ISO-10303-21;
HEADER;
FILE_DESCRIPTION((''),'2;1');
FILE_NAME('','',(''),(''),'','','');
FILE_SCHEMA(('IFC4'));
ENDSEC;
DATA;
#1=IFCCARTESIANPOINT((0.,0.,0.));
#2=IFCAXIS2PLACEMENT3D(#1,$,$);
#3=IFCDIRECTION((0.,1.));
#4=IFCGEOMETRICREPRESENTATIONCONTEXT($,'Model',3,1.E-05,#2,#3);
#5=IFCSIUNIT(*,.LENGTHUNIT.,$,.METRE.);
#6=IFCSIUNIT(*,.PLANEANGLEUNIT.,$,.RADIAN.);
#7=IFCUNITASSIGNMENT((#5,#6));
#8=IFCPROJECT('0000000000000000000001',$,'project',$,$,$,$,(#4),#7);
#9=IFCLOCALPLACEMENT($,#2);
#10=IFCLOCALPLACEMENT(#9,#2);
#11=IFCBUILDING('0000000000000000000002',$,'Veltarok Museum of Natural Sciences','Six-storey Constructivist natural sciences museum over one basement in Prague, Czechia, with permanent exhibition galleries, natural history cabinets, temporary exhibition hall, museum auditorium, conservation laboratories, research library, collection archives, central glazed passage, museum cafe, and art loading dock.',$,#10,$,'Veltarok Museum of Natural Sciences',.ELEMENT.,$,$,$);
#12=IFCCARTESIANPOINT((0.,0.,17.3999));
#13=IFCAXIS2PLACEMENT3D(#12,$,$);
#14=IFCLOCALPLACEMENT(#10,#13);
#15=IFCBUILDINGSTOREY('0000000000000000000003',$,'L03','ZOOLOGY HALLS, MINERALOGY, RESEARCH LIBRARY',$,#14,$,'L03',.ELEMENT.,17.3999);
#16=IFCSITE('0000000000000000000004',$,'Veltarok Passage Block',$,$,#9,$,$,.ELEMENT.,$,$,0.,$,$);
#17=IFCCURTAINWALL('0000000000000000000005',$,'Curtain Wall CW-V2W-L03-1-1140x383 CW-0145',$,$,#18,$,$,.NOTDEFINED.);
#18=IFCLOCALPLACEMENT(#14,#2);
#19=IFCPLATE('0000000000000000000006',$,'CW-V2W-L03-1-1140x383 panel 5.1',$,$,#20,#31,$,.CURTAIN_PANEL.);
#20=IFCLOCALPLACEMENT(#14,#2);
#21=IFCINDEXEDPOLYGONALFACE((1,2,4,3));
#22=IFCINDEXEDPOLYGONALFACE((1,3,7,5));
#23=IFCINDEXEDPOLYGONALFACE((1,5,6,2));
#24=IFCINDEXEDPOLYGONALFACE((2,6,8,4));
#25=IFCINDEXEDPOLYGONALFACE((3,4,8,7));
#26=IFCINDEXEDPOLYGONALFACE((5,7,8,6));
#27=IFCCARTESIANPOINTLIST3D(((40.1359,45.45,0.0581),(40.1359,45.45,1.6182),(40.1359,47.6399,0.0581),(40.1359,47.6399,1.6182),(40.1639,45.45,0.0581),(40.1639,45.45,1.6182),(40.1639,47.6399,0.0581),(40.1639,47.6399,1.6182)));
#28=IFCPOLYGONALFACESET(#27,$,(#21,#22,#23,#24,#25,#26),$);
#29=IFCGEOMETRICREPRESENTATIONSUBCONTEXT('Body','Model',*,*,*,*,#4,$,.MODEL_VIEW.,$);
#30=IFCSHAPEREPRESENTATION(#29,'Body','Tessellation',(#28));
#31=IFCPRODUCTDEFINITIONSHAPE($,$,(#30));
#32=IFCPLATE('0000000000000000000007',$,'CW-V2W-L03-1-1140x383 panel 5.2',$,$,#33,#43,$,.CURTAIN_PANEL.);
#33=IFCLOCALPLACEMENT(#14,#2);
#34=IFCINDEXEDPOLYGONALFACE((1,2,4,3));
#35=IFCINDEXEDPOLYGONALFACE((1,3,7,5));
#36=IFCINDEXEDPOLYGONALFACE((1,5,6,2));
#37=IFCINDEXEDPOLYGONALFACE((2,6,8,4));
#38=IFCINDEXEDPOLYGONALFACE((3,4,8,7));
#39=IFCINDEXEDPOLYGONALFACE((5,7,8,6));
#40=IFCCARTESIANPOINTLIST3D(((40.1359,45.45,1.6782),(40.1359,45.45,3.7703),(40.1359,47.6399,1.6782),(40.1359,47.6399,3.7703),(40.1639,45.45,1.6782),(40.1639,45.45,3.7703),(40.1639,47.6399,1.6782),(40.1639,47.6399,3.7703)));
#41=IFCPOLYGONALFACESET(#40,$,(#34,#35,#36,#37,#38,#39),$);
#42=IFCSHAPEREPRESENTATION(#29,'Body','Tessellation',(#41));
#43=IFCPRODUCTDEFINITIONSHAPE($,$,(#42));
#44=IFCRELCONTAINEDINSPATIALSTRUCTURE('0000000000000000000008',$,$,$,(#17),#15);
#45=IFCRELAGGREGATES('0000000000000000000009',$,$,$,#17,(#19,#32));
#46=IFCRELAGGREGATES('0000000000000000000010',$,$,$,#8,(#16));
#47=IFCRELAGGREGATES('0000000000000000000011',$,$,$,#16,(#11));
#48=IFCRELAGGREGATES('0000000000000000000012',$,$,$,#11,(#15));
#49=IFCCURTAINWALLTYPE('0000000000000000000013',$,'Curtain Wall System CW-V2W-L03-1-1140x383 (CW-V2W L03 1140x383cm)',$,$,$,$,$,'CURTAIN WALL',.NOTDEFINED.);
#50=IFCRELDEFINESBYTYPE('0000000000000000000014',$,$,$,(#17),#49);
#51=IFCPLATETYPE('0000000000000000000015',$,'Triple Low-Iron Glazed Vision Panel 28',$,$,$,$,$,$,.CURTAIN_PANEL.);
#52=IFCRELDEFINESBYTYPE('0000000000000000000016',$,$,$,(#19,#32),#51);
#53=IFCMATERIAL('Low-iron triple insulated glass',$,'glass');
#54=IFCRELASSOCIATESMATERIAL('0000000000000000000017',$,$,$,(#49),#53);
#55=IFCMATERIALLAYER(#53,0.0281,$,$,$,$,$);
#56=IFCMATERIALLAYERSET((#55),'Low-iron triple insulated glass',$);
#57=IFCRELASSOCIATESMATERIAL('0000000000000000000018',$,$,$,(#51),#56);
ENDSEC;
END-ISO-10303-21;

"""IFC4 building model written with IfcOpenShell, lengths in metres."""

from ifc_helpers import new_model, si_unit, direction, frame, origin, origin_2d, place, context, subcontext, project, spatial, rectangle, extrude, material, layer, layer_set, type_object, element, aggregate, save


model = new_model("IFC4")

# Units and contexts
model_context = context("Model", 3, precision=1e-05, world=origin(), true_north=direction((0.0, 1.0)))
body_context = subcontext(model_context, "Body", "Model", "MODEL_VIEW")
ifc_project = project(units=[si_unit("LENGTHUNIT", "METRE"), si_unit("PLANEANGLEUNIT", "RADIAN")], contexts=[model_context])

# Site, building, storey
site_placement = place(None, origin())
site = spatial("IfcSite", under=ifc_project, at=site_placement, Name="Veltarok Passage Block", CompositionType="ELEMENT", RefElevation=0.0)
building_placement = place(site_placement, origin())
building = spatial("IfcBuilding", under=site, at=building_placement, Name="Veltarok Museum of Natural Sciences", Description="Six-storey Constructivist natural sciences museum over one basement in Prague, Czechia, with permanent exhibition galleries, natural history cabinets, temporary exhibition hall, museum auditorium, conservation laboratories, research library, collection archives, central glazed passage, museum cafe, and art loading dock.", LongName="Veltarok Museum of Natural Sciences", CompositionType="ELEMENT")
storey_placement = place(building_placement, frame((0.0, 0.0, 17.3999)))
storey = spatial("IfcBuildingStorey", under=building, at=storey_placement, Name="L03", Description="ZOOLOGY HALLS, MINERALOGY, RESEARCH LIBRARY", LongName="L03", CompositionType="ELEMENT", Elevation=17.3999)

# Curtain wall
ifc_material_1 = material(Name="Low-iron triple insulated glass", Category="glass")
curtain_wall_type_1 = type_object("IfcCurtainWallType", Name="Curtain Wall System CW-V2W-L03-1-1140x383 (CW-V2W L03 1140x383cm)", ElementType="CURTAIN WALL", PredefinedType="NOTDEFINED", material=ifc_material_1)
curtain_wall_1_placement = place(storey_placement, origin())
curtain_wall_1 = element("IfcCurtainWall", 1, at=curtain_wall_1_placement, inside=storey, type_object=curtain_wall_type_1, Name="Curtain Wall CW-V2W-L03-1-1140x383 CW-0145", PredefinedType="NOTDEFINED")

# Plates
ifc_layer = layer(ifc_material_1, 0.0281)
ifc_layer_set = layer_set([ifc_layer], Name="Low-iron triple insulated glass")
plate_type = type_object("IfcPlateType", Name="Triple Low-Iron Glazed Vision Panel 28", PredefinedType="CURTAIN_PANEL", material=ifc_layer_set)
plate_1_placement = place(storey_placement, frame((40.1499, 46.5449, 0.0581), z_axis=(0.0, 0.0, 1.0), x_axis=(0.0, 1.0, 0.0)))
plate_1 = element("IfcPlate", 2, at=plate_1_placement, type_object=plate_type, Name="CW-V2W-L03-1-1140x383 panel 5.1", PredefinedType="CURTAIN_PANEL", context=body_context, shape_type="SweptSolid", body=[
    extrude(rectangle(XDim=2.1899, YDim=0.0281, at=origin_2d()), origin(), (0.0, 0.0, 1.0), 1.5601),
])
plate_2_placement = place(storey_placement, frame((40.1499, 46.5449, 1.6782), z_axis=(0.0, 0.0, 1.0), x_axis=(0.0, 1.0, 0.0)))
plate_2 = element("IfcPlate", 3, at=plate_2_placement, type_object=plate_type, Name="CW-V2W-L03-1-1140x383 panel 5.2", PredefinedType="CURTAIN_PANEL", context=body_context, shape_type="SweptSolid", body=[
    extrude(rectangle(XDim=2.1899, YDim=0.0281, at=origin_2d()), origin(), (0.0, 0.0, 1.0), 2.092),
])
aggregate(curtain_wall_1, [plate_1, plate_2])

save(model, "model.ifc")
